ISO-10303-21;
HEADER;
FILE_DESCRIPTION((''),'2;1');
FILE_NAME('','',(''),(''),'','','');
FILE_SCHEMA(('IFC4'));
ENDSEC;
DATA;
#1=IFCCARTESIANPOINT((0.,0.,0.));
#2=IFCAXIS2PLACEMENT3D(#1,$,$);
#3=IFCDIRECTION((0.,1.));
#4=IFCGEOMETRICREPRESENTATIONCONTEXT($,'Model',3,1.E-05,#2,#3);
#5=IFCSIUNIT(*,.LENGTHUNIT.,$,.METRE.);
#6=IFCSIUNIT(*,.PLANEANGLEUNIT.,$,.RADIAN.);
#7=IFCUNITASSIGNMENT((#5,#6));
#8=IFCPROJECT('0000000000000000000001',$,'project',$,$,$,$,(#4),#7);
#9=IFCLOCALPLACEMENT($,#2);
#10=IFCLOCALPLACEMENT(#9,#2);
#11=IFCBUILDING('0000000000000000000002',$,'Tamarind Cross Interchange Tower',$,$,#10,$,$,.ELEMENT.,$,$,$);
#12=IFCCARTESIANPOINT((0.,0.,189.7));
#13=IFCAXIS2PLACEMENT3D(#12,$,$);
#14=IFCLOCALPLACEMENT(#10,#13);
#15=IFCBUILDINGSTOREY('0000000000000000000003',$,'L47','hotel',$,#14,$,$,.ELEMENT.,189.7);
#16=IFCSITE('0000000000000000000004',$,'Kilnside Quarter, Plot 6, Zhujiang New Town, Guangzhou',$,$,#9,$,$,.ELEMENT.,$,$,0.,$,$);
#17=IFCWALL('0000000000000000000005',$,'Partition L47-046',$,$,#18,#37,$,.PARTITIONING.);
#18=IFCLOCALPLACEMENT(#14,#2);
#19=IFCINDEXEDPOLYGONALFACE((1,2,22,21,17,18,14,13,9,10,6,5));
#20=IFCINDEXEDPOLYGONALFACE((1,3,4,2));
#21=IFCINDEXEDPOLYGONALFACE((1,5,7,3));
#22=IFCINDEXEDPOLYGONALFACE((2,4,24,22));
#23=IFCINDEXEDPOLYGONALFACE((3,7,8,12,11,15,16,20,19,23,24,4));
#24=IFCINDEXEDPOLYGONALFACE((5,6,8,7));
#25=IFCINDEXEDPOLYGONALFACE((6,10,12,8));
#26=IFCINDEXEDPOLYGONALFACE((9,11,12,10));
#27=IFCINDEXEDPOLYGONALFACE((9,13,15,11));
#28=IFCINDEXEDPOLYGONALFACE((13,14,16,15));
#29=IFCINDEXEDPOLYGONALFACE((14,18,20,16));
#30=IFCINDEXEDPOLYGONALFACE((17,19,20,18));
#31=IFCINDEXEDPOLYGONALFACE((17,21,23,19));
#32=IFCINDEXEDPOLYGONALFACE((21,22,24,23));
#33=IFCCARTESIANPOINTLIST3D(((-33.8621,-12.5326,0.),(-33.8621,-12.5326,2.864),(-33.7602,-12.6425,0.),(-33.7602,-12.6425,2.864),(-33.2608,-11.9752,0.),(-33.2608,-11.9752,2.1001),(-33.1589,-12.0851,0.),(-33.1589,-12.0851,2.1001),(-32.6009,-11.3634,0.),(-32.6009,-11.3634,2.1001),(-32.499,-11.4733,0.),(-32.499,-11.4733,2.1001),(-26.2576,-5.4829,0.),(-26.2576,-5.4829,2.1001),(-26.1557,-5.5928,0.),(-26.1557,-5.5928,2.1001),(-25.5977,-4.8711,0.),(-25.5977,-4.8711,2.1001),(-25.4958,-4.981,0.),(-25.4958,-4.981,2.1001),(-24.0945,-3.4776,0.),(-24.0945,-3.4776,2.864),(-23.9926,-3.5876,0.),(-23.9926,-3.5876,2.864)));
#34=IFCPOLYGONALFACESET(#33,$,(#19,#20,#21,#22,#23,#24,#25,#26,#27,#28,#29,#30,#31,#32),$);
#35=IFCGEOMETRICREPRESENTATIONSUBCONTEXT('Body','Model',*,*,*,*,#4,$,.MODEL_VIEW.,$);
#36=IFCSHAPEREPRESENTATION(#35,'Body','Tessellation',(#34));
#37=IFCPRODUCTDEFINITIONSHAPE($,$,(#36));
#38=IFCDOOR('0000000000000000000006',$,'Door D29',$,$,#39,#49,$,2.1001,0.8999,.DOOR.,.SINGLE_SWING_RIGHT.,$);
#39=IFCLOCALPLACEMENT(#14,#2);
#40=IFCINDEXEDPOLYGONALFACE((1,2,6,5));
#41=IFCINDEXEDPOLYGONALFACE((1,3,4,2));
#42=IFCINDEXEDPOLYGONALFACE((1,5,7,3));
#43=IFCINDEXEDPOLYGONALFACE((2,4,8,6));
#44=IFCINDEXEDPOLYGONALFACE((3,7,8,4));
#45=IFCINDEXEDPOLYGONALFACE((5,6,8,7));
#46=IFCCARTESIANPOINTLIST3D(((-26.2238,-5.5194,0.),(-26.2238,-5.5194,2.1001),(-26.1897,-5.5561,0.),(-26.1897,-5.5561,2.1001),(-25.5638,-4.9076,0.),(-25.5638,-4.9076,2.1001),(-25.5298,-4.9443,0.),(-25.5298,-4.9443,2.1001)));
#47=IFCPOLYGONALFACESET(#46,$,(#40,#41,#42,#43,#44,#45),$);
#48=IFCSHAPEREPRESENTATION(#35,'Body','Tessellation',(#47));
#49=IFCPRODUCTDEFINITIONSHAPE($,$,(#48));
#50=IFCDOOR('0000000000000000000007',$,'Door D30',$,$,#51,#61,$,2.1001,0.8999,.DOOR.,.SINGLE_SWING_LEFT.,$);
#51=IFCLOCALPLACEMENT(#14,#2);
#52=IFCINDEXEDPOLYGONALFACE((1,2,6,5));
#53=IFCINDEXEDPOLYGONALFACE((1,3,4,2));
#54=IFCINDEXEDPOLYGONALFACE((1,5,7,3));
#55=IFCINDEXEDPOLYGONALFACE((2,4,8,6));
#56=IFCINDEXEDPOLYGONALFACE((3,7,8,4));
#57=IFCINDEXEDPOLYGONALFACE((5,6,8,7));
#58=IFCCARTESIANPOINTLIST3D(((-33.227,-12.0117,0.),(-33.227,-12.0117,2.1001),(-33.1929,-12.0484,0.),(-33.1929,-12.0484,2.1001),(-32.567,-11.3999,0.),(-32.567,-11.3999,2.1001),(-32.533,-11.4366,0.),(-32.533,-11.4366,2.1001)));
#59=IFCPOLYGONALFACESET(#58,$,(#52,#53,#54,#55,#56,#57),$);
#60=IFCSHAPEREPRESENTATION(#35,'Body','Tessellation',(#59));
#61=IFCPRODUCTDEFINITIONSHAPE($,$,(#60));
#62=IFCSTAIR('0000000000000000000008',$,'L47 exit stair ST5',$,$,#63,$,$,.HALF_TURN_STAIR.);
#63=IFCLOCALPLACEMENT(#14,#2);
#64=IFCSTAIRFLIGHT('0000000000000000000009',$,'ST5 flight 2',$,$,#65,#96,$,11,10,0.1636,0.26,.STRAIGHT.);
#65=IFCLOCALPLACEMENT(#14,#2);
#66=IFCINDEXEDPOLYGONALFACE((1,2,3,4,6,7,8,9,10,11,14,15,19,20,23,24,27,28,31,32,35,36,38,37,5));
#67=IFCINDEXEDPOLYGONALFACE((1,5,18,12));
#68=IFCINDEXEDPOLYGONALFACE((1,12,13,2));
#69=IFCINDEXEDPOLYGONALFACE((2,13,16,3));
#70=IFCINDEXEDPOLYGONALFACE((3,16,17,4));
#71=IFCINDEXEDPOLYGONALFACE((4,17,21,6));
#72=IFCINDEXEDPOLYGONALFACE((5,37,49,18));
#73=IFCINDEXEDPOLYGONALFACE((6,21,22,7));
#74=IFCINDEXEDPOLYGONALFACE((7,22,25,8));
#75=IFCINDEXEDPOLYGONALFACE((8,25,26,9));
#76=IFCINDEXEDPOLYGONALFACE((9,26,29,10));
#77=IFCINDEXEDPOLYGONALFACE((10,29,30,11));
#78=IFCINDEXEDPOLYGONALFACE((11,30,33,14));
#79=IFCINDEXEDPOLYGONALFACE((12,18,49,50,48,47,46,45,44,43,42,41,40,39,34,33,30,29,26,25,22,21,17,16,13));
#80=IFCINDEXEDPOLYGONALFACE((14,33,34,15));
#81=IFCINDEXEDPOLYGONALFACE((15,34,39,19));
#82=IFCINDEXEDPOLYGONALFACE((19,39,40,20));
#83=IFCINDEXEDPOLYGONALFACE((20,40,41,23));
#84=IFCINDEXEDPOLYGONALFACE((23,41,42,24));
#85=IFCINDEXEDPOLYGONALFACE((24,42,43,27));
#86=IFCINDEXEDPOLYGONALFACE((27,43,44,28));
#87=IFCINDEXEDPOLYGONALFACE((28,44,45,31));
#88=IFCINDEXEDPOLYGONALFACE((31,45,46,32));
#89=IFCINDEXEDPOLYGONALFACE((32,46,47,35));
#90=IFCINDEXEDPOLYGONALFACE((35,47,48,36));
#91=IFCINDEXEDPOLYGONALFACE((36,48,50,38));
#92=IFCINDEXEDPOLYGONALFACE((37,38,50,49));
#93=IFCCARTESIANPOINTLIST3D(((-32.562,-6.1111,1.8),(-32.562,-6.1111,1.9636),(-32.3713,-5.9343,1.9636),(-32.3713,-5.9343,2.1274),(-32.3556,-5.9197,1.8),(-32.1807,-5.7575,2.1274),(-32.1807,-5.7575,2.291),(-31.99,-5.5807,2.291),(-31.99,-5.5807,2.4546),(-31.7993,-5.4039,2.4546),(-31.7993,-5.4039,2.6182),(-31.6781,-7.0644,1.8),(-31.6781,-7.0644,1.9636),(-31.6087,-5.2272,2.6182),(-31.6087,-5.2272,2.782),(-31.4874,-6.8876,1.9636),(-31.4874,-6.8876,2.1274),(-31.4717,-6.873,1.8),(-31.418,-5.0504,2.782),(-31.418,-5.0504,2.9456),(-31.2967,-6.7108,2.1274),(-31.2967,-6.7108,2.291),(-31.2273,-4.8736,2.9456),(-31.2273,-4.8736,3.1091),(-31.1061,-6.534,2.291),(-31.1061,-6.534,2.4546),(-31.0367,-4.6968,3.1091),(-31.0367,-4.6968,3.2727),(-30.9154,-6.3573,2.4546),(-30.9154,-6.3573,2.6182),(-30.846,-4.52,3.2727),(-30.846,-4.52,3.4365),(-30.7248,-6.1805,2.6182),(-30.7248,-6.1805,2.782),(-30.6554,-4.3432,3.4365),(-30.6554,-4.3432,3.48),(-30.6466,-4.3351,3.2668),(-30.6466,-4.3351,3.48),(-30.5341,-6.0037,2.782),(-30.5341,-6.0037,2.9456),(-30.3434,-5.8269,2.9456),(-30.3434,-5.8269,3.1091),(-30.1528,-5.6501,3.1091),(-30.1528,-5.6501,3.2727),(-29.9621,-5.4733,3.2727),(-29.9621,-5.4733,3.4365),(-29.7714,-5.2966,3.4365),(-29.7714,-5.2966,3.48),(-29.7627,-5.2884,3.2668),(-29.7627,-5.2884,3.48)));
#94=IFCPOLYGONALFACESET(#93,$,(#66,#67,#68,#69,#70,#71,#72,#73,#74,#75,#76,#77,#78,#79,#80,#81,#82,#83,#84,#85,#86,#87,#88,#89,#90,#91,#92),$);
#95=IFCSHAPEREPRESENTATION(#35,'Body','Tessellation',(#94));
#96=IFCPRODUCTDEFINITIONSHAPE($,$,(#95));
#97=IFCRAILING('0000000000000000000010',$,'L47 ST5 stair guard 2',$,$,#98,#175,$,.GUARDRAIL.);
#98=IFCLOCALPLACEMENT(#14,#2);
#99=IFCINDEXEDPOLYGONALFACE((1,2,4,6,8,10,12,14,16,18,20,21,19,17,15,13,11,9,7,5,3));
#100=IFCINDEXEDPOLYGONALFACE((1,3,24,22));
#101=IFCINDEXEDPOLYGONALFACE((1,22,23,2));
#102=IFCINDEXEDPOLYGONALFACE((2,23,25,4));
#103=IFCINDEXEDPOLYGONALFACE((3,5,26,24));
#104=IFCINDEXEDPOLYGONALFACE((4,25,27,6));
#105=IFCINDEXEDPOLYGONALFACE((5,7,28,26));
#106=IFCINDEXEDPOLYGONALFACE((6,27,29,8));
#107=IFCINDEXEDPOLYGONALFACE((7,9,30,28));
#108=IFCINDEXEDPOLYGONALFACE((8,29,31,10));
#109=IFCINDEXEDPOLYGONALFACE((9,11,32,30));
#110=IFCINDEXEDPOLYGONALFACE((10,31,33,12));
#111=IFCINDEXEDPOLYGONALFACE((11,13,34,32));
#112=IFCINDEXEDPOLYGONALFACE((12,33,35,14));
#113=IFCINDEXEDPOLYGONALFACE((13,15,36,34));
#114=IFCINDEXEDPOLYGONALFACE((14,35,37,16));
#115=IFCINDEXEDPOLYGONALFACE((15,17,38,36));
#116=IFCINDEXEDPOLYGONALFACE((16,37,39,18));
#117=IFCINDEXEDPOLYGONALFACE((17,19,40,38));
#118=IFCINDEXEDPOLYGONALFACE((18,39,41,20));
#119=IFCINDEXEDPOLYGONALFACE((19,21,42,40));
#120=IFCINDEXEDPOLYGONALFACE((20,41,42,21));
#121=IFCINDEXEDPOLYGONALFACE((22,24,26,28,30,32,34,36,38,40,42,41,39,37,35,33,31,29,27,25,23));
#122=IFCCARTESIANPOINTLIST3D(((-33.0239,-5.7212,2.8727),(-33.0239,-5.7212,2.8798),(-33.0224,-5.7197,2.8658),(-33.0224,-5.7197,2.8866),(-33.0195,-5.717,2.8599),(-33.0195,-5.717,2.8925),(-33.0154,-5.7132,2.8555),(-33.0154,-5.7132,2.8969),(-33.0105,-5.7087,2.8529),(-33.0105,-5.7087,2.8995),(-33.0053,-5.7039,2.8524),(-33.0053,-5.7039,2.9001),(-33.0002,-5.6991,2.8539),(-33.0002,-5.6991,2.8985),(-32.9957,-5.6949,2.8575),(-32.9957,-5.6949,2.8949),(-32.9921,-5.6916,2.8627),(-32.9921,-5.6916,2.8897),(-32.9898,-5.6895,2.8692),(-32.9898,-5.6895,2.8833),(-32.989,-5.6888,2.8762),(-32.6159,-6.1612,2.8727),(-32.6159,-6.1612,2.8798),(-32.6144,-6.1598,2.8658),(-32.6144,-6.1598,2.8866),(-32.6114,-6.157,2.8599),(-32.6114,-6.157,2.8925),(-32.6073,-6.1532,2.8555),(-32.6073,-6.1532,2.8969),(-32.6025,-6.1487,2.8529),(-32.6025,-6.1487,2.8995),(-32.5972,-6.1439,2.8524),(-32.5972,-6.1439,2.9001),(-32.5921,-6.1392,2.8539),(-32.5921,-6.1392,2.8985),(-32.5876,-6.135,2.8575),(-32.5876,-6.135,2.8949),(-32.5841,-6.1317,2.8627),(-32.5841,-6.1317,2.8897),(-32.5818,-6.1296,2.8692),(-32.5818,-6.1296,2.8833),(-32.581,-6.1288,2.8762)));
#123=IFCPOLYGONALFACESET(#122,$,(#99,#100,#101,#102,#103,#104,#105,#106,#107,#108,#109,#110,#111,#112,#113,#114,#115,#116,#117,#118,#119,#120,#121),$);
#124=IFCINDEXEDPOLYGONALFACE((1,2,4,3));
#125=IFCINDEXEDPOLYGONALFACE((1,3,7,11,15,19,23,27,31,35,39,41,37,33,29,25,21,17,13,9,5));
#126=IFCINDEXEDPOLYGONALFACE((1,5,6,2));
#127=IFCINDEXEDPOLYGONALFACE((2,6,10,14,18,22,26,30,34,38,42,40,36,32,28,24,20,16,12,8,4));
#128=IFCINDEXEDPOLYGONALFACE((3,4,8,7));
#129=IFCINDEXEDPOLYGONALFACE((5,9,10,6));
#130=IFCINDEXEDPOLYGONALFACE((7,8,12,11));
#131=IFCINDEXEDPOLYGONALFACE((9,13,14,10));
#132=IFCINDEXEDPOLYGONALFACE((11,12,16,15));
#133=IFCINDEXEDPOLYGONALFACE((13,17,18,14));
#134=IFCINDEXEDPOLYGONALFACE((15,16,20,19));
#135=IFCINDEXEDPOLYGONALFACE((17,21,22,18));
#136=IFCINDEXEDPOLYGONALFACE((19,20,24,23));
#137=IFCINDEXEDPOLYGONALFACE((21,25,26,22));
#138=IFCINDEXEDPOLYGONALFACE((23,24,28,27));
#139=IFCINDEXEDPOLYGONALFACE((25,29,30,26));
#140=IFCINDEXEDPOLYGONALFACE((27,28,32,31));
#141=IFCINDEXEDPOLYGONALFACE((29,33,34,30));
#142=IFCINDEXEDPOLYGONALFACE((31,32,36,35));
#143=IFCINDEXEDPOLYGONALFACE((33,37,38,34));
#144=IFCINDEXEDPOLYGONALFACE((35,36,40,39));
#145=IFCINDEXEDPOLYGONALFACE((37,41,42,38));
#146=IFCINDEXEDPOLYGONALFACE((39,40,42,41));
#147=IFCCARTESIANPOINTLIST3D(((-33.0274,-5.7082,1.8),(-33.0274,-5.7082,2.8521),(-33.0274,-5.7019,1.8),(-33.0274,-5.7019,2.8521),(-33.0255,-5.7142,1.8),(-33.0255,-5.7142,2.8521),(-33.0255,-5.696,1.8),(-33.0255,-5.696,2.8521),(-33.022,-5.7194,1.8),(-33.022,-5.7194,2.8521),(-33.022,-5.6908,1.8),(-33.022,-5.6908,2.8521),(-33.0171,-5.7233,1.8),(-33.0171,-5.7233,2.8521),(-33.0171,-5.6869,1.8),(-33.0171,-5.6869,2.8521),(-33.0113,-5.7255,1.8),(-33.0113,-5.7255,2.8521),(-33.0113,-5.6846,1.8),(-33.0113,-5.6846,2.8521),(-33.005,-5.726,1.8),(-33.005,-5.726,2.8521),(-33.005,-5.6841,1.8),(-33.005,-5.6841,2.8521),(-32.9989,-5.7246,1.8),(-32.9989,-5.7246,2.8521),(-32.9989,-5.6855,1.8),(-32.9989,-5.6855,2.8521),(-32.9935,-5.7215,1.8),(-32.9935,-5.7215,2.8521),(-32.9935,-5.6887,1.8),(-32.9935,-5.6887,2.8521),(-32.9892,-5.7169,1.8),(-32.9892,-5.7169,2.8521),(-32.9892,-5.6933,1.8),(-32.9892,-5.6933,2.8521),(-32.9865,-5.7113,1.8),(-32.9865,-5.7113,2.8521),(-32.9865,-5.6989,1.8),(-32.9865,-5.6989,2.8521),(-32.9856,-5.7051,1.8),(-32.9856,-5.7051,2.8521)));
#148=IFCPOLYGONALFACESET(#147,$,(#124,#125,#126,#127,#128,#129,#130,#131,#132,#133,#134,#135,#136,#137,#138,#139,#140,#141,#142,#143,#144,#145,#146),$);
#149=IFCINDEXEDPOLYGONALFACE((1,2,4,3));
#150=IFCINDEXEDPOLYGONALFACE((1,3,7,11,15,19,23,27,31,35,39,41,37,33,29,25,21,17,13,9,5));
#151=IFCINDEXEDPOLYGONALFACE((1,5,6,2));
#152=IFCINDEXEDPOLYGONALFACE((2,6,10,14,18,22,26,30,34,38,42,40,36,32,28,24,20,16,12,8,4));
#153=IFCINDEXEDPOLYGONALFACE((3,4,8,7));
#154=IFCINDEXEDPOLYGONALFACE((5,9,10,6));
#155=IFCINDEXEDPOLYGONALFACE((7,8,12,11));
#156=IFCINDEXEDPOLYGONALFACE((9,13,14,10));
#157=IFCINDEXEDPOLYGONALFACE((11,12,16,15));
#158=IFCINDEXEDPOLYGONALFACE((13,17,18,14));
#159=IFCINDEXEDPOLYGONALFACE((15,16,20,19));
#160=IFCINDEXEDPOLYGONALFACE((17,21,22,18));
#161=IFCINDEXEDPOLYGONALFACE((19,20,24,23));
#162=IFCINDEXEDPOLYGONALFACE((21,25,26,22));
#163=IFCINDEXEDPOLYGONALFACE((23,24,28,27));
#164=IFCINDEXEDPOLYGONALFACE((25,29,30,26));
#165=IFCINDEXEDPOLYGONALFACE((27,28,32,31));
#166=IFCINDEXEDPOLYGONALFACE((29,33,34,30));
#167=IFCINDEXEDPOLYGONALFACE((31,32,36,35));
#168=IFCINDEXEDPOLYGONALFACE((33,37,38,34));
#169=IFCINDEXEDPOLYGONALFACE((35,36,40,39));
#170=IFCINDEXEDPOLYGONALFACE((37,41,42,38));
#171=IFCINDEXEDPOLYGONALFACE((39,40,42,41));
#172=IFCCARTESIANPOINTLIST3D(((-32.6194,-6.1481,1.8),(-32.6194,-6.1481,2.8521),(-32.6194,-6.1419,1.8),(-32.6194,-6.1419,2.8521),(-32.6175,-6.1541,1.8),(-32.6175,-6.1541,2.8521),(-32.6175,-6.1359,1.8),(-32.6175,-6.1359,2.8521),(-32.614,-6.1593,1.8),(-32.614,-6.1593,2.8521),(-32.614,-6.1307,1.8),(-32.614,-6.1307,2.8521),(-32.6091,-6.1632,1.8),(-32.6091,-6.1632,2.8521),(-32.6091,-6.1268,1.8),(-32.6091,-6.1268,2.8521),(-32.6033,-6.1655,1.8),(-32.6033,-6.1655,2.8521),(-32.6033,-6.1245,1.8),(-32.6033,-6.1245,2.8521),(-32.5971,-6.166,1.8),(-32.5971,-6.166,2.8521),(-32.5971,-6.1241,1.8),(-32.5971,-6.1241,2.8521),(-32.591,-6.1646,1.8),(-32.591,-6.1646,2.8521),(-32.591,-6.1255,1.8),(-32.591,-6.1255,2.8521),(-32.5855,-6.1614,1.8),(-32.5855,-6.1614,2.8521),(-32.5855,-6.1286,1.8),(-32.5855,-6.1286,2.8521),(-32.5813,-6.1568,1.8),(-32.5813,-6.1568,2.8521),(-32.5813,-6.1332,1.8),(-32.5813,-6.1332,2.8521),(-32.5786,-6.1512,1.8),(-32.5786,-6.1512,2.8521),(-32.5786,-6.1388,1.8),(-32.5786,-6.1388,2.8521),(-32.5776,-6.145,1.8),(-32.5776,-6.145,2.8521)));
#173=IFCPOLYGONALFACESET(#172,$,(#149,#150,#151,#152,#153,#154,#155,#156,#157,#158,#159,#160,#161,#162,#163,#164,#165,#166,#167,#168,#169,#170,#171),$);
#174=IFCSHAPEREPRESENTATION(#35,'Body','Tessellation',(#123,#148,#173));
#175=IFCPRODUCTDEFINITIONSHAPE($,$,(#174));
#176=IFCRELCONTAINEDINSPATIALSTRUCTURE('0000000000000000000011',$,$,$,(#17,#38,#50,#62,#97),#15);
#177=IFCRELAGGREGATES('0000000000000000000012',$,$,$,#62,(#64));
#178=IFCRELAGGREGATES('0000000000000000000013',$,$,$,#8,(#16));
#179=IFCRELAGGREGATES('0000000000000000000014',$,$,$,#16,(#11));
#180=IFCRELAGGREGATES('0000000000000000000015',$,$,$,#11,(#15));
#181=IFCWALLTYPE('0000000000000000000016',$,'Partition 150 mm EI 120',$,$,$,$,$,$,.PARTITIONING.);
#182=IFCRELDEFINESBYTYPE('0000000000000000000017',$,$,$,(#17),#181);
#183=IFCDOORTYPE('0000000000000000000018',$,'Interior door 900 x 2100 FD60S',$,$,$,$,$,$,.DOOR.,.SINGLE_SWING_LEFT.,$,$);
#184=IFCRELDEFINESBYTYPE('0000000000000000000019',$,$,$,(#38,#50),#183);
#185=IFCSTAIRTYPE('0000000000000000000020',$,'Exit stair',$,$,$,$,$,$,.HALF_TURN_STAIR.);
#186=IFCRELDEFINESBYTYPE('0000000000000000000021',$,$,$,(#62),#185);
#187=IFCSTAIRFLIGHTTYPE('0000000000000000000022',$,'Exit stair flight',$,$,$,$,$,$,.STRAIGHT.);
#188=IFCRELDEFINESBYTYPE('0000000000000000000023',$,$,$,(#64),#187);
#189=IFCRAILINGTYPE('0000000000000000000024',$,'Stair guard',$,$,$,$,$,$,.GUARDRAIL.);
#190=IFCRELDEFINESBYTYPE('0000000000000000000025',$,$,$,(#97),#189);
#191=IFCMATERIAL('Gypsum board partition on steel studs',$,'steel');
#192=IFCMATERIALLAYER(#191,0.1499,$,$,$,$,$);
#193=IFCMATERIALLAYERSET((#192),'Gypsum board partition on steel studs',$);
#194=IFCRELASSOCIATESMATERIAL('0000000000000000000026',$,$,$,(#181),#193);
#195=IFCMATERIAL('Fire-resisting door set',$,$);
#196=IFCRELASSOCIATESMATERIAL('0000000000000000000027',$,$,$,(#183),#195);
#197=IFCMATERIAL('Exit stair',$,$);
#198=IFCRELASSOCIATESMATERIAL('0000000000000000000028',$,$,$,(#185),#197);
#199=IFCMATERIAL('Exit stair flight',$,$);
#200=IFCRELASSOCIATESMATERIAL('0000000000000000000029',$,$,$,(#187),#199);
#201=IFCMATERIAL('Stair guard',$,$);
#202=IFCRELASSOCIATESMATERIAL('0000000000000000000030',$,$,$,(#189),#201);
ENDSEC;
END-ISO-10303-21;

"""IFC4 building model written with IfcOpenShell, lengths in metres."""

from ifc_helpers import new_model, si_unit, direction, frame, frame_2d, origin, origin_2d, place, context, subcontext, project, spatial, polyline, rectangle, circle, outline, extrude, material, layer, layer_set, type_object, element, fill, aggregate, save


model = new_model("IFC4")

# Units and contexts
model_context = context("Model", 3, precision=1e-05, world=origin(), true_north=direction((0.0, 1.0)))
body_context = subcontext(model_context, "Body", "Model", "MODEL_VIEW")
ifc_project = project(units=[si_unit("LENGTHUNIT", "METRE"), si_unit("PLANEANGLEUNIT", "RADIAN")], contexts=[model_context])

# Site, building, storey
site_placement = place(None, origin())
site = spatial("IfcSite", under=ifc_project, at=site_placement, Name="Kilnside Quarter, Plot 6, Zhujiang New Town, Guangzhou", CompositionType="ELEMENT", RefElevation=0.0)
building_placement = place(site_placement, origin())
building = spatial("IfcBuilding", under=site, at=building_placement, Name="Tamarind Cross Interchange Tower", CompositionType="ELEMENT")
storey_placement = place(building_placement, frame((0.0, 0.0, 189.7)))
storey = spatial("IfcBuildingStorey", under=building, at=storey_placement, Name="L47", Description="hotel", CompositionType="ELEMENT", Elevation=189.7)

# Shared definitions
ifc_material_1 = material(Name="Gypsum board partition on steel studs", Category="steel")
ifc_layer_1 = layer(ifc_material_1, 0.1499)
ifc_layer_set_1 = layer_set([ifc_layer_1], Name="Gypsum board partition on steel studs")
wall_type = type_object("IfcWallType", Name="Partition 150 mm EI 120", PredefinedType="PARTITIONING", material=ifc_layer_set_1)

# Shared definitions
ifc_material_2 = material(Name="Fire-resisting door set")
door_type_1 = type_object("IfcDoorType", Name="Interior door 900 x 2100 FD60S", OperationType="SINGLE_SWING_LEFT", PredefinedType="DOOR", material=ifc_material_2)

# Wall, openings, doors
wall_1_placement = place(storey_placement, frame((-33.8113, -12.5876, 0.0), z_axis=(0.0, 0.0, 1.0), x_axis=(0.733353, 0.679848, 0.0)))
wall_1 = element("IfcWall", 1, at=wall_1_placement, inside=storey, type_object=wall_type, Name="Partition L47-046", PredefinedType="PARTITIONING", context=body_context, shape_type="SweptSolid", body=[
    extrude(rectangle(XDim=13.3191, YDim=0.1499, at=frame_2d((6.6597, 0.0))), origin(), (0.0, 0.0, 1.0), 2.864),
])
opening_1_placement = place(wall_1_placement, frame((10.3696, 0.0, 0.0)))
opening_1 = element("IfcOpeningElement", 2, at=opening_1_placement, cuts=wall_1, PredefinedType="OPENING", context=body_context, shape_type="SweptSolid", body=[
    extrude(rectangle(XDim=0.8999, YDim=2.1001, at=frame_2d((0.45, 1.05))), frame((0.0, 0.085, 0.0), z_axis=(0.0, -1.0, 0.0), x_axis=(1.0, 0.0, 0.0)), (0.0, 0.0, 1.0), 0.1699),
])
opening_2_placement = place(wall_1_placement, frame((0.8201, 0.0, 0.0)))
opening_2 = element("IfcOpeningElement", 3, at=opening_2_placement, cuts=wall_1, PredefinedType="OPENING", context=body_context, shape_type="SweptSolid", body=[
    extrude(rectangle(XDim=0.8999, YDim=2.1001, at=frame_2d((0.45, 1.05))), frame((0.0, 0.085, 0.0), z_axis=(0.0, -1.0, 0.0), x_axis=(1.0, 0.0, 0.0)), (0.0, 0.0, 1.0), 0.1699),
])
door_1_placement = place(opening_1_placement, frame((0.8999, 0.0, 0.0), z_axis=(0.0, 0.0, 1.0), x_axis=(-1.0, 0.0, 0.0)))
door_1 = element("IfcDoor", 4, at=door_1_placement, inside=storey, type_object=door_type_1, Name="Door D29", OperationType="SINGLE_SWING_RIGHT", OverallHeight=2.1001, OverallWidth=0.8999, PredefinedType="DOOR", context=body_context, shape_type="SweptSolid", body=[
    extrude(rectangle(XDim=0.8999, YDim=2.1001, at=frame_2d((0.45, 1.05))), frame((0.0, 0.0249, 0.0), z_axis=(0.0, -1.0, 0.0), x_axis=(1.0, 0.0, 0.0)), (0.0, 0.0, 1.0), 0.05),
])
fill(opening_1, door_1)
door_2_placement = place(opening_2_placement, frame((0.8999, 0.0, 0.0), z_axis=(0.0, 0.0, 1.0), x_axis=(-1.0, 0.0, 0.0)))
door_2 = element("IfcDoor", 5, at=door_2_placement, inside=storey, type_object=door_type_1, Name="Door D30", OperationType="SINGLE_SWING_LEFT", OverallHeight=2.1001, OverallWidth=0.8999, PredefinedType="DOOR", context=body_context, shape_type="SweptSolid", body=[
    extrude(rectangle(XDim=0.8999, YDim=2.1001, at=frame_2d((0.45, 1.05))), frame((0.0, 0.0249, 0.0), z_axis=(0.0, -1.0, 0.0), x_axis=(1.0, 0.0, 0.0)), (0.0, 0.0, 1.0), 0.05),
])
fill(opening_2, door_2)

# Stair, stair flight
ifc_material_3 = material(Name="Exit stair")
stair_type = type_object("IfcStairType", Name="Exit stair", PredefinedType="HALF_TURN_STAIR", material=ifc_material_3)
stair_placement = place(storey_placement, origin())
stair = element("IfcStair", 6, at=stair_placement, inside=storey, type_object=stair_type, Name="L47 exit stair ST5", PredefinedType="HALF_TURN_STAIR")
ifc_material_4 = material(Name="Exit stair flight")
stair_flight_type = type_object("IfcStairFlightType", Name="Exit stair flight", PredefinedType="STRAIGHT", material=ifc_material_4)
stair_flight_placement = place(storey_placement, frame((-32.1201, -6.5876, 1.8), z_axis=(0.0, 0.0, 1.0), x_axis=(0.733293, 0.679912, 0.0)))
stair_flight = element("IfcStairFlight", 7, at=stair_flight_placement, type_object=stair_flight_type, Name="ST5 flight 2", NumberOfRisers=11, NumberOfTreads=10, PredefinedType="STRAIGHT", RiserHeight=0.1636, TreadLength=0.26, context=body_context, shape_type="SweptSolid", body=[
    extrude(outline(polyline([(0.0, 0.0), (0.0, 0.1636), (0.26, 0.1636), (0.26, 0.3274), (0.52, 0.3274), (0.52, 0.491), (0.78, 0.491), (0.78, 0.6545), (1.04, 0.6545), (1.04, 0.8181), (1.3, 0.8181), (1.3, 0.9819), (1.5601, 0.9819), (1.5601, 1.1455), (1.8201, 1.1455), (1.8201, 1.3091), (2.0801, 1.3091), (2.0801, 1.4727), (2.3401, 1.4727), (2.3401, 1.6365), (2.6001, 1.6365), (2.6001, 1.6799), (2.6121, 1.6799), (2.6121, 1.4668), (0.2815, 0.0), (0.0, 0.0)])), frame((0.0, 0.6499, 0.0), z_axis=(0.0, -1.0, 0.0), x_axis=(1.0, 0.0, 0.0)), (0.0, 0.0, 1.0), 1.3),
])
aggregate(stair, [stair_flight])

# Railing
ifc_material_5 = material(Name="Stair guard")
railing_type_1 = type_object("IfcRailingType", Name="Stair guard", PredefinedType="GUARDRAIL", material=ifc_material_5)
railing_1_placement = place(storey_placement, frame((-33.0066, -5.7051, 1.8)))
element("IfcRailing", 8, at=railing_1_placement, inside=storey, type_object=railing_type_1, Name="L47 ST5 stair guard 2", PredefinedType="GUARDRAIL", context=body_context, shape_type="SweptSolid", body=[
    extrude(circle(Radius=0.0239, at=origin_2d()), frame((0.0, 0.0, 1.0762), z_axis=(0.679951, -0.733257, 0.0), x_axis=(0.733257, 0.679951, 0.0)), (0.0, 0.0, 1.0), 0.6001),
    extrude(circle(Radius=0.021, at=origin_2d()), origin(), (0.0, 0.0, 1.0), 1.052),
    extrude(circle(Radius=0.021, at=origin_2d()), frame((0.408, -0.4399, 0.0)), (0.0, 0.0, 1.0), 1.052),
])

save(model, "model.ifc")
